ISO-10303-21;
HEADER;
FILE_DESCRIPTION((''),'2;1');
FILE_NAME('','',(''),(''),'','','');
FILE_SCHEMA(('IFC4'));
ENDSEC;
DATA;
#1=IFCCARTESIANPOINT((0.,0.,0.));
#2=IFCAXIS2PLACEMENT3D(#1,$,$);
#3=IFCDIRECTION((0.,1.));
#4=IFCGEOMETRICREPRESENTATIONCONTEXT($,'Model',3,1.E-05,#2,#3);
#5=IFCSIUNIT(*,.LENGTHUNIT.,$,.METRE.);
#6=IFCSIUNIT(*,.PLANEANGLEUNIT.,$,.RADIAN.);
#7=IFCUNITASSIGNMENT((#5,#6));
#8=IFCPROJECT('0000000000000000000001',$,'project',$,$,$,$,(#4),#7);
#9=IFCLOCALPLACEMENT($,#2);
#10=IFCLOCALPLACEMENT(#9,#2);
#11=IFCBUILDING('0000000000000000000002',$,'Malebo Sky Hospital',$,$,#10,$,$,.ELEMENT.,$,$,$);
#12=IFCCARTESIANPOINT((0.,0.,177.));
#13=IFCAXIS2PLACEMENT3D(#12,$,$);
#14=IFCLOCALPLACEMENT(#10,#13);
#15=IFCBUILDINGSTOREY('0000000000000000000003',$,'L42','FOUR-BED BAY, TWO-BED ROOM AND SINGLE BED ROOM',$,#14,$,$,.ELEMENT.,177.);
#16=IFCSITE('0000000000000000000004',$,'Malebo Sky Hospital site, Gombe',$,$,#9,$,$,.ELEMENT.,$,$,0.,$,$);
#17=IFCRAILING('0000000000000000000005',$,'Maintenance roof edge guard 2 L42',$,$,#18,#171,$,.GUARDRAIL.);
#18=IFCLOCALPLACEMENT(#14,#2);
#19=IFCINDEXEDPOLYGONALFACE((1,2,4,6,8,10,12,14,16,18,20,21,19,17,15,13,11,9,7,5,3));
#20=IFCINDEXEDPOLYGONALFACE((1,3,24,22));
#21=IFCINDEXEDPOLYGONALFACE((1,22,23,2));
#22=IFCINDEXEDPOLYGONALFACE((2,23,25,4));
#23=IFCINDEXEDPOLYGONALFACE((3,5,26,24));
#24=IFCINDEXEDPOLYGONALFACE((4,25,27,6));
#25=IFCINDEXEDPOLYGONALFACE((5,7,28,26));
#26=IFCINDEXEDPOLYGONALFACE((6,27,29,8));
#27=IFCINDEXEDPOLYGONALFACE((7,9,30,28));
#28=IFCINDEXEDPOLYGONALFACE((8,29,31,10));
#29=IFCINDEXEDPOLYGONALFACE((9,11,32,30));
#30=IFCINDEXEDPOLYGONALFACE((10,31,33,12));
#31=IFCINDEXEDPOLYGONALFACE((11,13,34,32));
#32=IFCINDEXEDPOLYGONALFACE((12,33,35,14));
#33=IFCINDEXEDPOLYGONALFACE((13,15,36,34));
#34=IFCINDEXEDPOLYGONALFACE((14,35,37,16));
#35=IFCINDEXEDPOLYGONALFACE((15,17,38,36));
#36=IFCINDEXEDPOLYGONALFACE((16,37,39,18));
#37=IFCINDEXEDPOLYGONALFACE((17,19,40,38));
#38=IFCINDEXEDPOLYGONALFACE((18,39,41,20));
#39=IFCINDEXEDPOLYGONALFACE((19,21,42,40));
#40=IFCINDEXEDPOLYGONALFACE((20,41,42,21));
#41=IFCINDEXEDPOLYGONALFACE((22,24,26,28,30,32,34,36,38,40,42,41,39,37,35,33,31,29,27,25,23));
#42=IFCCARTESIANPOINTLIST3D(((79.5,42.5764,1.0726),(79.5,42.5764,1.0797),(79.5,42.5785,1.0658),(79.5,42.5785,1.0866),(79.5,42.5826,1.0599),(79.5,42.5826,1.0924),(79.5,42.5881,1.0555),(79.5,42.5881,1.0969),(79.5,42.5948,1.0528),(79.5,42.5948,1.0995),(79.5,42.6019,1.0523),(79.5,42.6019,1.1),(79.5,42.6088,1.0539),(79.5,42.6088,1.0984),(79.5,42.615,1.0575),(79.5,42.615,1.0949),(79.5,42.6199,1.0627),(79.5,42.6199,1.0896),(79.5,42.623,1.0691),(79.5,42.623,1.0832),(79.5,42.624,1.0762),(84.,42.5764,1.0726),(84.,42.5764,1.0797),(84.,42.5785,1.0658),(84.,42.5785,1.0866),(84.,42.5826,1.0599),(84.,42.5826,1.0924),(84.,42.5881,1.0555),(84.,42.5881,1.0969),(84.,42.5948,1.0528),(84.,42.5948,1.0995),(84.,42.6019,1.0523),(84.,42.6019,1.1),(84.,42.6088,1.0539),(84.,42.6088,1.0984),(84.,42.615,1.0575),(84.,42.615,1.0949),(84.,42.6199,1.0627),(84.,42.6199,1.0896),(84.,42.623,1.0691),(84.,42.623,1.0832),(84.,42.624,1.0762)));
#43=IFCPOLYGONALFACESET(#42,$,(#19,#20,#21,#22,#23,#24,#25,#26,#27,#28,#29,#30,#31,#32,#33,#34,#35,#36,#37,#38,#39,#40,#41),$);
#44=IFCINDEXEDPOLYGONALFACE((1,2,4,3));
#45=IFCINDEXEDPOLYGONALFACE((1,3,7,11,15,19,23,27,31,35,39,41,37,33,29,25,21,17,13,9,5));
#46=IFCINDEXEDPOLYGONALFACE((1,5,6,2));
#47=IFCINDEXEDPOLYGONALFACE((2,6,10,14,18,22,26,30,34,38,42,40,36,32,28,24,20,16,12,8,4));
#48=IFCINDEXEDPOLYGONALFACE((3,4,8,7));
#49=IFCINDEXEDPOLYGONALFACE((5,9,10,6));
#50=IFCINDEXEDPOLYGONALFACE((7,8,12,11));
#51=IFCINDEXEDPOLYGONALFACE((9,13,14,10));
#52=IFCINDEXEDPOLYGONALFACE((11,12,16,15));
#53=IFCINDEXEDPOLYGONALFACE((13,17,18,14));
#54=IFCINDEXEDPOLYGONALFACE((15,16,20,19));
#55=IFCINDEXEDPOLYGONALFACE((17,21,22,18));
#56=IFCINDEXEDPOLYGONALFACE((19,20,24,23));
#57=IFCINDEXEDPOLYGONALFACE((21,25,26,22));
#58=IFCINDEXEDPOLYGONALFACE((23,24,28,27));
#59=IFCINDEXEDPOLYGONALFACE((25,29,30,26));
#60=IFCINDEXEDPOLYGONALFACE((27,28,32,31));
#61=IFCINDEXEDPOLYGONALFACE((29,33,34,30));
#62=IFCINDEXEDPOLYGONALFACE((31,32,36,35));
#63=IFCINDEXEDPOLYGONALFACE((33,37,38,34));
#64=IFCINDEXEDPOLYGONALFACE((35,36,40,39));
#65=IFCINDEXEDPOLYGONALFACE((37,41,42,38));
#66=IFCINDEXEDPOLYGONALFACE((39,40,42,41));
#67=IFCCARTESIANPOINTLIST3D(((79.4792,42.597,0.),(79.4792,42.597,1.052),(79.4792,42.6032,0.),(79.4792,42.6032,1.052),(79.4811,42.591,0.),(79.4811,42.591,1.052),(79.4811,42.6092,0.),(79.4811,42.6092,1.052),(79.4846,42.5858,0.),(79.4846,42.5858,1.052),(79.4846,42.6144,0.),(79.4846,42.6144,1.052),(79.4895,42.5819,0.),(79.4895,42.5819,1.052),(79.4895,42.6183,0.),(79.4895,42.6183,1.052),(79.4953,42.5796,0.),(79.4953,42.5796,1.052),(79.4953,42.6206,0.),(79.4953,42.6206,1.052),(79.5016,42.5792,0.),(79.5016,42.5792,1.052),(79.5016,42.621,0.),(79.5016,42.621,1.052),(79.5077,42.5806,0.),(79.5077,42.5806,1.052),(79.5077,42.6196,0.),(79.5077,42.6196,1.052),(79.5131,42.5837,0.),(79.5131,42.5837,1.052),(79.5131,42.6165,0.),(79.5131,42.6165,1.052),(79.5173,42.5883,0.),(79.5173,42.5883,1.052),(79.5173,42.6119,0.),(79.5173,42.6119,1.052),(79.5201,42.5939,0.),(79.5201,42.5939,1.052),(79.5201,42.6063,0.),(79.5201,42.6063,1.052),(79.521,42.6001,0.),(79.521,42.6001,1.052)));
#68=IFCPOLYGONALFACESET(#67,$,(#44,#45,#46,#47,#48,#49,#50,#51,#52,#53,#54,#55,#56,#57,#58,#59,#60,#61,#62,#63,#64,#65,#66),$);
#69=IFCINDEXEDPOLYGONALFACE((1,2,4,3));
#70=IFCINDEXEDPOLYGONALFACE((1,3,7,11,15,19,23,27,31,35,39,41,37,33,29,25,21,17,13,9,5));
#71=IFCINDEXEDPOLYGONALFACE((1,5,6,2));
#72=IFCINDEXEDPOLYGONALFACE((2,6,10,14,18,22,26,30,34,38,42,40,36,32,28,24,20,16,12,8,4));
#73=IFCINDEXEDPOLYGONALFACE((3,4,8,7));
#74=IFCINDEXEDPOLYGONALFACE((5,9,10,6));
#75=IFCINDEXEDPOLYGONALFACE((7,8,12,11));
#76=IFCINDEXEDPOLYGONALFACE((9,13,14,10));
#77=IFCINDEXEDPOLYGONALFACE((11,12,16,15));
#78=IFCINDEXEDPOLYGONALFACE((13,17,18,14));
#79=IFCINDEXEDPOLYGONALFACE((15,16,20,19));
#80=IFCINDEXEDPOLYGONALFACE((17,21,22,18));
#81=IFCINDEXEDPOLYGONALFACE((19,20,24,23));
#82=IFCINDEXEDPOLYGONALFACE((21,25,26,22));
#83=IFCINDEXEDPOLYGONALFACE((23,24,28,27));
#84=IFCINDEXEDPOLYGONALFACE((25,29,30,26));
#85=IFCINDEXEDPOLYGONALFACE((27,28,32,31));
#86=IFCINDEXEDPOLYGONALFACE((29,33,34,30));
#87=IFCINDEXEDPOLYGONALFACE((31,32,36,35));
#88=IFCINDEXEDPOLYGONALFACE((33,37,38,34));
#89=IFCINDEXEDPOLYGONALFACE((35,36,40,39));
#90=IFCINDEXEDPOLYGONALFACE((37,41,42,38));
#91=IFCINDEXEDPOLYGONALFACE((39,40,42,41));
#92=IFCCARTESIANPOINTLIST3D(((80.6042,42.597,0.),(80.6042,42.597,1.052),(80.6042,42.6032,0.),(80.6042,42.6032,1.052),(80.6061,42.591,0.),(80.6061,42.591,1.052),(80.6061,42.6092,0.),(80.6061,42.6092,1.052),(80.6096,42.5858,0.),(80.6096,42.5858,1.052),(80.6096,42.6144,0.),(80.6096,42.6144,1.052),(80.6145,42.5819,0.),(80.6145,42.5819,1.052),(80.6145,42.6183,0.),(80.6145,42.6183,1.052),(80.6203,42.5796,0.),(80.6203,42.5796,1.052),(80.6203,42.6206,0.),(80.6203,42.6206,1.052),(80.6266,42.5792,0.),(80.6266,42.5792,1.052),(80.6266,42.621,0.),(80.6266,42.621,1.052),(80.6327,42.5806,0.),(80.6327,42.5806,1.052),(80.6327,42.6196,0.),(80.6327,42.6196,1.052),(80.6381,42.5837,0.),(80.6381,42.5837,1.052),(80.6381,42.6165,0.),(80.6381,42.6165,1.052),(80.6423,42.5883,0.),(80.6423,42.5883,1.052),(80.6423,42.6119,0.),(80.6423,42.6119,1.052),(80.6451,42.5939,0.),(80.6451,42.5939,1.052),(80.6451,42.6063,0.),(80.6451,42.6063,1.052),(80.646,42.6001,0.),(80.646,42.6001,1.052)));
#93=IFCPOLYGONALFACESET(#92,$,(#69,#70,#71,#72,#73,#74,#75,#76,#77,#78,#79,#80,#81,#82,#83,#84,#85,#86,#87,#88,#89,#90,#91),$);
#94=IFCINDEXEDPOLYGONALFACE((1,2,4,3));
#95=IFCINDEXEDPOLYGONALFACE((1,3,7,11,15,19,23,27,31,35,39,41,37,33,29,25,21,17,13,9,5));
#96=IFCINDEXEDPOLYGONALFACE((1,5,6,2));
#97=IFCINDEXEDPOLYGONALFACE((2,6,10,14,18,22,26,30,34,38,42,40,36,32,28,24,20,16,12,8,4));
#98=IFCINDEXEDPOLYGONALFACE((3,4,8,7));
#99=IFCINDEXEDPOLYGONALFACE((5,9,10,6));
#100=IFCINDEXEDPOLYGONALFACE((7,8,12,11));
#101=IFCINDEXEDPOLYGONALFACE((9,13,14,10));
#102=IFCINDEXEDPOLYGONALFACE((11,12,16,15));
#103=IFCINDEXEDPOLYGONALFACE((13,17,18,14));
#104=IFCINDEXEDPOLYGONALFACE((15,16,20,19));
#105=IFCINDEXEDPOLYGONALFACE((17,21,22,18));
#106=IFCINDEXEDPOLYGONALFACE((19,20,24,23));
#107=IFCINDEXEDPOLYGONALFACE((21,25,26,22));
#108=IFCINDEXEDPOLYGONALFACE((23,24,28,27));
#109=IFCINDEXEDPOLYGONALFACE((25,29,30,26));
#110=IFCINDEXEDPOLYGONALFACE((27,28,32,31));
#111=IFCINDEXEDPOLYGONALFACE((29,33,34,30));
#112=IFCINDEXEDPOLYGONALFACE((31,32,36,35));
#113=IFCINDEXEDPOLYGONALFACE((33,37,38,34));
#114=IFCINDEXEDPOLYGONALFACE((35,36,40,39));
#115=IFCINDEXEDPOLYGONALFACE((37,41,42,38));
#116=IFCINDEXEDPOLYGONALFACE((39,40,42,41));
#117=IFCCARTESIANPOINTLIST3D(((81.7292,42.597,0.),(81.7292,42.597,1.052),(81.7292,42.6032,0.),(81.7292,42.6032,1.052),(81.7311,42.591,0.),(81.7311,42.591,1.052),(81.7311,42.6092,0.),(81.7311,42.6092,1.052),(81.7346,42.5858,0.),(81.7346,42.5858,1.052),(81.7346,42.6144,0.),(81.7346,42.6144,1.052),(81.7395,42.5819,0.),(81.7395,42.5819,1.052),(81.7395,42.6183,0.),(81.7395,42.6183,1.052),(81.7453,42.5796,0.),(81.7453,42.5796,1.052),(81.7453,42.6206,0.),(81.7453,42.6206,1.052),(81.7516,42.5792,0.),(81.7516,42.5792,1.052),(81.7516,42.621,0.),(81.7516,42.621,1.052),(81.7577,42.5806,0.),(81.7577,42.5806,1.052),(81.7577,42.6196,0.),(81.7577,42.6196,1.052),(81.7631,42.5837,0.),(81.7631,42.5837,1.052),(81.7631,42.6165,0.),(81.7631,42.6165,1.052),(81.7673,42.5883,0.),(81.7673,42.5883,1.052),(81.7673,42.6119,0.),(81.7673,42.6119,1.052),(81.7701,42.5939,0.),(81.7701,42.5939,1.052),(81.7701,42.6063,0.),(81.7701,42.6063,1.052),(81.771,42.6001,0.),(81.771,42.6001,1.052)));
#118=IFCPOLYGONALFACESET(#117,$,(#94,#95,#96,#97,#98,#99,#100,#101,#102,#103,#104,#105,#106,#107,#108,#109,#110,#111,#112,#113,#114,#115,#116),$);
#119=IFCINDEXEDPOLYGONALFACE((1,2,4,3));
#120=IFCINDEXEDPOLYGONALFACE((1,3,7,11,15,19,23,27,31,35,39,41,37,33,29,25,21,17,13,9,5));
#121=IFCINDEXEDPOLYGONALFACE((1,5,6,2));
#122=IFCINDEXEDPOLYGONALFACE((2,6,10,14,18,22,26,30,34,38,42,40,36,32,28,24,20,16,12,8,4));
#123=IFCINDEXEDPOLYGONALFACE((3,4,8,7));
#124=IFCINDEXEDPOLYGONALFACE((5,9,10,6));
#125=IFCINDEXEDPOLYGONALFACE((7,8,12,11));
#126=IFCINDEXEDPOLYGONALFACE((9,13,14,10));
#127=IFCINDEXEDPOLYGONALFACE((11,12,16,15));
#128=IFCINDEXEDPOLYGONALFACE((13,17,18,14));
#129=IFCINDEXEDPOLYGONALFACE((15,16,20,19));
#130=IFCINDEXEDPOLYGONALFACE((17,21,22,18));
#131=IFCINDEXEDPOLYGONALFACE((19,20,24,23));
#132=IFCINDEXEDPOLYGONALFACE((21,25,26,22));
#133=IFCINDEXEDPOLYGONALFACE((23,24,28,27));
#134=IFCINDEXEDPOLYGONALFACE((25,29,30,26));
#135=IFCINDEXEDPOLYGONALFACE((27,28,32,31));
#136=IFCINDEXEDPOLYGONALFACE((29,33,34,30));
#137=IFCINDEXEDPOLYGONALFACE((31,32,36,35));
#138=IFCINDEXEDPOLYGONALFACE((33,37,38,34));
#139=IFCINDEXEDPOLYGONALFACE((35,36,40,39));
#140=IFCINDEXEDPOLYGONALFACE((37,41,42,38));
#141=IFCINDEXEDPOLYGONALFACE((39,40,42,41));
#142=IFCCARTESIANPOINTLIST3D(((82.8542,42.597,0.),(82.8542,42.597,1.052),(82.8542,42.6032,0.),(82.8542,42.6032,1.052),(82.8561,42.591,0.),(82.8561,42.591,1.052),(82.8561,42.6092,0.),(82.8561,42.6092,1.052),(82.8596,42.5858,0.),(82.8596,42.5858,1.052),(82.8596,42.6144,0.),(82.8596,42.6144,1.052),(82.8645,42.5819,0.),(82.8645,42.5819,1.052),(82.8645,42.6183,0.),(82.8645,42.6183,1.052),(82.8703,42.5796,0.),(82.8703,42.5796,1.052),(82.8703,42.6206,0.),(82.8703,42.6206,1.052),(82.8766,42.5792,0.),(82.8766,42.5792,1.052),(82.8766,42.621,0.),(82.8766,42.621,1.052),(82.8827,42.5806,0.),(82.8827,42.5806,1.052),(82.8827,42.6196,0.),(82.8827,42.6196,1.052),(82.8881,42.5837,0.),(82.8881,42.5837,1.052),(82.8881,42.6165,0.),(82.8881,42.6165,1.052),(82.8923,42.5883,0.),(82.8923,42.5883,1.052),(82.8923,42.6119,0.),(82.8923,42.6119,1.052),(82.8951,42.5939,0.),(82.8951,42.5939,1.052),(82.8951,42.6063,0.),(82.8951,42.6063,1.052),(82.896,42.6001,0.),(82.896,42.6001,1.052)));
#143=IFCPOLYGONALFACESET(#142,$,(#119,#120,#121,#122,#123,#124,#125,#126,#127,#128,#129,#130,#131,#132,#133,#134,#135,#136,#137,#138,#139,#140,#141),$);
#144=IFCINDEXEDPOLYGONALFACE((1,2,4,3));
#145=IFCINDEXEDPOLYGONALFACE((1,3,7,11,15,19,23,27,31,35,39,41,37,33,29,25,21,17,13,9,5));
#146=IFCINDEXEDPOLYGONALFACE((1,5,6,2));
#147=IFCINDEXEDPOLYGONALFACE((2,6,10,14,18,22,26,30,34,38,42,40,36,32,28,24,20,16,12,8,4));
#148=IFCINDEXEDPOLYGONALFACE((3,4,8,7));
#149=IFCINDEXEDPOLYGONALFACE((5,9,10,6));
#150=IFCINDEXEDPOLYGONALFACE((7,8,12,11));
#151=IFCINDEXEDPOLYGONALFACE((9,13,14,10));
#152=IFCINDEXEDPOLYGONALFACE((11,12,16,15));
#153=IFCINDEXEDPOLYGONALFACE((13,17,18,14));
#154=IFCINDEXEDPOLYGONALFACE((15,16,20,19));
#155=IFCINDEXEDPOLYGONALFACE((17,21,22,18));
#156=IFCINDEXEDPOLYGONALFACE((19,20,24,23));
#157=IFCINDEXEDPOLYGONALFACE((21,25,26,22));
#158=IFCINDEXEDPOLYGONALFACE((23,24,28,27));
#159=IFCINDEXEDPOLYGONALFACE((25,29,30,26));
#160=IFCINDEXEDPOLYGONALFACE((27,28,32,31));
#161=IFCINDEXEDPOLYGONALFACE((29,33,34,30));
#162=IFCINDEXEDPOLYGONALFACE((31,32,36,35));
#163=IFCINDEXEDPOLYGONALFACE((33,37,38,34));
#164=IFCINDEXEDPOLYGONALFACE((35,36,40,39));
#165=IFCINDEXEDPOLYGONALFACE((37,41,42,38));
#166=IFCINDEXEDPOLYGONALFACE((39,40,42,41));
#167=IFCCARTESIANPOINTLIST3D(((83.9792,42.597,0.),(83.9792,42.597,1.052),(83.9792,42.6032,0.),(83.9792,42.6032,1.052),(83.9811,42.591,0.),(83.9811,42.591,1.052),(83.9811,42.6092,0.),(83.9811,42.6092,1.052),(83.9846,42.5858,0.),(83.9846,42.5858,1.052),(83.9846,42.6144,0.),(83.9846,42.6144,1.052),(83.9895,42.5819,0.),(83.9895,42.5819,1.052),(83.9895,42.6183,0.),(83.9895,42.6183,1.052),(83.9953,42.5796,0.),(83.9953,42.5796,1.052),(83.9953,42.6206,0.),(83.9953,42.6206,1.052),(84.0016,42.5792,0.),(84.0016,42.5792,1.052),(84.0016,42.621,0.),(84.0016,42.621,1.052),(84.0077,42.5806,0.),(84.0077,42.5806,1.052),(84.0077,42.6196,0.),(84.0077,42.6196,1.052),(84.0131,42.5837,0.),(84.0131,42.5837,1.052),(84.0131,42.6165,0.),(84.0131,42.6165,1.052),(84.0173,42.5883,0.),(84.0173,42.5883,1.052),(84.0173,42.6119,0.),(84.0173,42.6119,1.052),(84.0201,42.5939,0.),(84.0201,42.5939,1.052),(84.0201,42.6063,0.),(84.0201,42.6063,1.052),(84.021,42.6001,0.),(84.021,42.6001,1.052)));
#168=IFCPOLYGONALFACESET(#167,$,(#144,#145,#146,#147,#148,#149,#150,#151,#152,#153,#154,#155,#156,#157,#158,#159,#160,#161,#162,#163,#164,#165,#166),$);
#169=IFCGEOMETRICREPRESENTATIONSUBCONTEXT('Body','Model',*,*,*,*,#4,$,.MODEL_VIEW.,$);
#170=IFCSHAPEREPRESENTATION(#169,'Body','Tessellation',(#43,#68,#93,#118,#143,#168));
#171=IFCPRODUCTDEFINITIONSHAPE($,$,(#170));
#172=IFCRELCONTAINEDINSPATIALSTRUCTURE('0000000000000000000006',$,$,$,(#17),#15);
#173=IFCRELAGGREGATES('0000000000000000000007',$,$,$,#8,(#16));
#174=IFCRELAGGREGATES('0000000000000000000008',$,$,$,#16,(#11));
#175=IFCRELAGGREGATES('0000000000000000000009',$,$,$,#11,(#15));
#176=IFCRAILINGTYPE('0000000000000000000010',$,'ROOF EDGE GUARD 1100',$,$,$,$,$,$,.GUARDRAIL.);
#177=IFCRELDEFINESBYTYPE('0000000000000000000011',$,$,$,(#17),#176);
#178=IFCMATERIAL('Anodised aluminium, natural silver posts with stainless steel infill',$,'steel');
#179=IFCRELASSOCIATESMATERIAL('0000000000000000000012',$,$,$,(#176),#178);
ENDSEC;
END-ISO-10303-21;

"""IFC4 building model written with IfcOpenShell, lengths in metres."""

from ifc_helpers import new_model, si_unit, direction, frame, origin, origin_2d, place, context, subcontext, project, spatial, circle, extrude, material, type_object, element, save


model = new_model("IFC4")

# Units and contexts
model_context = context("Model", 3, precision=1e-05, world=origin(), true_north=direction((0.0, 1.0)))
body_context = subcontext(model_context, "Body", "Model", "MODEL_VIEW")
ifc_project = project(units=[si_unit("LENGTHUNIT", "METRE"), si_unit("PLANEANGLEUNIT", "RADIAN")], contexts=[model_context])

# Site, building, storey
site_placement = place(None, origin())
site = spatial("IfcSite", under=ifc_project, at=site_placement, Name="Malebo Sky Hospital site, Gombe", CompositionType="ELEMENT", RefElevation=0.0)
building_placement = place(site_placement, origin())
building = spatial("IfcBuilding", under=site, at=building_placement, Name="Malebo Sky Hospital", CompositionType="ELEMENT")
storey_placement = place(building_placement, frame((0.0, 0.0, 177.0)))
storey = spatial("IfcBuildingStorey", under=building, at=storey_placement, Name="L42", Description="FOUR-BED BAY, TWO-BED ROOM AND SINGLE BED ROOM", CompositionType="ELEMENT", Elevation=177.0)

# Railing
ifc_material_1 = material(Name="Anodised aluminium, natural silver posts with stainless steel infill", Category="steel")
railing_type = type_object("IfcRailingType", Name="ROOF EDGE GUARD 1100", PredefinedType="GUARDRAIL", material=ifc_material_1)
railing_1_placement = place(storey_placement, frame((79.5, 42.6001, 0.0)))
element("IfcRailing", 1, at=railing_1_placement, inside=storey, type_object=railing_type, Name="Maintenance roof edge guard 2 L42", PredefinedType="GUARDRAIL", context=body_context, shape_type="SweptSolid", body=[
    extrude(circle(Radius=0.0239, at=origin_2d()), frame((0.0, 0.0, 1.0762), z_axis=(1.0, 0.0, 0.0), x_axis=(0.0, 1.0, 0.0)), (0.0, 0.0, 1.0), 4.5),
    extrude(circle(Radius=0.021, at=origin_2d()), origin(), (0.0, 0.0, 1.0), 1.052),
    extrude(circle(Radius=0.021, at=origin_2d()), frame((1.125, 0.0, 0.0)), (0.0, 0.0, 1.0), 1.052),
    extrude(circle(Radius=0.021, at=origin_2d()), frame((2.25, 0.0, 0.0)), (0.0, 0.0, 1.0), 1.052),
    extrude(circle(Radius=0.021, at=origin_2d()), frame((3.375, 0.0, 0.0)), (0.0, 0.0, 1.0), 1.052),
    extrude(circle(Radius=0.021, at=origin_2d()), frame((4.5, 0.0, 0.0)), (0.0, 0.0, 1.0), 1.052),
])

save(model, "model.ifc")
